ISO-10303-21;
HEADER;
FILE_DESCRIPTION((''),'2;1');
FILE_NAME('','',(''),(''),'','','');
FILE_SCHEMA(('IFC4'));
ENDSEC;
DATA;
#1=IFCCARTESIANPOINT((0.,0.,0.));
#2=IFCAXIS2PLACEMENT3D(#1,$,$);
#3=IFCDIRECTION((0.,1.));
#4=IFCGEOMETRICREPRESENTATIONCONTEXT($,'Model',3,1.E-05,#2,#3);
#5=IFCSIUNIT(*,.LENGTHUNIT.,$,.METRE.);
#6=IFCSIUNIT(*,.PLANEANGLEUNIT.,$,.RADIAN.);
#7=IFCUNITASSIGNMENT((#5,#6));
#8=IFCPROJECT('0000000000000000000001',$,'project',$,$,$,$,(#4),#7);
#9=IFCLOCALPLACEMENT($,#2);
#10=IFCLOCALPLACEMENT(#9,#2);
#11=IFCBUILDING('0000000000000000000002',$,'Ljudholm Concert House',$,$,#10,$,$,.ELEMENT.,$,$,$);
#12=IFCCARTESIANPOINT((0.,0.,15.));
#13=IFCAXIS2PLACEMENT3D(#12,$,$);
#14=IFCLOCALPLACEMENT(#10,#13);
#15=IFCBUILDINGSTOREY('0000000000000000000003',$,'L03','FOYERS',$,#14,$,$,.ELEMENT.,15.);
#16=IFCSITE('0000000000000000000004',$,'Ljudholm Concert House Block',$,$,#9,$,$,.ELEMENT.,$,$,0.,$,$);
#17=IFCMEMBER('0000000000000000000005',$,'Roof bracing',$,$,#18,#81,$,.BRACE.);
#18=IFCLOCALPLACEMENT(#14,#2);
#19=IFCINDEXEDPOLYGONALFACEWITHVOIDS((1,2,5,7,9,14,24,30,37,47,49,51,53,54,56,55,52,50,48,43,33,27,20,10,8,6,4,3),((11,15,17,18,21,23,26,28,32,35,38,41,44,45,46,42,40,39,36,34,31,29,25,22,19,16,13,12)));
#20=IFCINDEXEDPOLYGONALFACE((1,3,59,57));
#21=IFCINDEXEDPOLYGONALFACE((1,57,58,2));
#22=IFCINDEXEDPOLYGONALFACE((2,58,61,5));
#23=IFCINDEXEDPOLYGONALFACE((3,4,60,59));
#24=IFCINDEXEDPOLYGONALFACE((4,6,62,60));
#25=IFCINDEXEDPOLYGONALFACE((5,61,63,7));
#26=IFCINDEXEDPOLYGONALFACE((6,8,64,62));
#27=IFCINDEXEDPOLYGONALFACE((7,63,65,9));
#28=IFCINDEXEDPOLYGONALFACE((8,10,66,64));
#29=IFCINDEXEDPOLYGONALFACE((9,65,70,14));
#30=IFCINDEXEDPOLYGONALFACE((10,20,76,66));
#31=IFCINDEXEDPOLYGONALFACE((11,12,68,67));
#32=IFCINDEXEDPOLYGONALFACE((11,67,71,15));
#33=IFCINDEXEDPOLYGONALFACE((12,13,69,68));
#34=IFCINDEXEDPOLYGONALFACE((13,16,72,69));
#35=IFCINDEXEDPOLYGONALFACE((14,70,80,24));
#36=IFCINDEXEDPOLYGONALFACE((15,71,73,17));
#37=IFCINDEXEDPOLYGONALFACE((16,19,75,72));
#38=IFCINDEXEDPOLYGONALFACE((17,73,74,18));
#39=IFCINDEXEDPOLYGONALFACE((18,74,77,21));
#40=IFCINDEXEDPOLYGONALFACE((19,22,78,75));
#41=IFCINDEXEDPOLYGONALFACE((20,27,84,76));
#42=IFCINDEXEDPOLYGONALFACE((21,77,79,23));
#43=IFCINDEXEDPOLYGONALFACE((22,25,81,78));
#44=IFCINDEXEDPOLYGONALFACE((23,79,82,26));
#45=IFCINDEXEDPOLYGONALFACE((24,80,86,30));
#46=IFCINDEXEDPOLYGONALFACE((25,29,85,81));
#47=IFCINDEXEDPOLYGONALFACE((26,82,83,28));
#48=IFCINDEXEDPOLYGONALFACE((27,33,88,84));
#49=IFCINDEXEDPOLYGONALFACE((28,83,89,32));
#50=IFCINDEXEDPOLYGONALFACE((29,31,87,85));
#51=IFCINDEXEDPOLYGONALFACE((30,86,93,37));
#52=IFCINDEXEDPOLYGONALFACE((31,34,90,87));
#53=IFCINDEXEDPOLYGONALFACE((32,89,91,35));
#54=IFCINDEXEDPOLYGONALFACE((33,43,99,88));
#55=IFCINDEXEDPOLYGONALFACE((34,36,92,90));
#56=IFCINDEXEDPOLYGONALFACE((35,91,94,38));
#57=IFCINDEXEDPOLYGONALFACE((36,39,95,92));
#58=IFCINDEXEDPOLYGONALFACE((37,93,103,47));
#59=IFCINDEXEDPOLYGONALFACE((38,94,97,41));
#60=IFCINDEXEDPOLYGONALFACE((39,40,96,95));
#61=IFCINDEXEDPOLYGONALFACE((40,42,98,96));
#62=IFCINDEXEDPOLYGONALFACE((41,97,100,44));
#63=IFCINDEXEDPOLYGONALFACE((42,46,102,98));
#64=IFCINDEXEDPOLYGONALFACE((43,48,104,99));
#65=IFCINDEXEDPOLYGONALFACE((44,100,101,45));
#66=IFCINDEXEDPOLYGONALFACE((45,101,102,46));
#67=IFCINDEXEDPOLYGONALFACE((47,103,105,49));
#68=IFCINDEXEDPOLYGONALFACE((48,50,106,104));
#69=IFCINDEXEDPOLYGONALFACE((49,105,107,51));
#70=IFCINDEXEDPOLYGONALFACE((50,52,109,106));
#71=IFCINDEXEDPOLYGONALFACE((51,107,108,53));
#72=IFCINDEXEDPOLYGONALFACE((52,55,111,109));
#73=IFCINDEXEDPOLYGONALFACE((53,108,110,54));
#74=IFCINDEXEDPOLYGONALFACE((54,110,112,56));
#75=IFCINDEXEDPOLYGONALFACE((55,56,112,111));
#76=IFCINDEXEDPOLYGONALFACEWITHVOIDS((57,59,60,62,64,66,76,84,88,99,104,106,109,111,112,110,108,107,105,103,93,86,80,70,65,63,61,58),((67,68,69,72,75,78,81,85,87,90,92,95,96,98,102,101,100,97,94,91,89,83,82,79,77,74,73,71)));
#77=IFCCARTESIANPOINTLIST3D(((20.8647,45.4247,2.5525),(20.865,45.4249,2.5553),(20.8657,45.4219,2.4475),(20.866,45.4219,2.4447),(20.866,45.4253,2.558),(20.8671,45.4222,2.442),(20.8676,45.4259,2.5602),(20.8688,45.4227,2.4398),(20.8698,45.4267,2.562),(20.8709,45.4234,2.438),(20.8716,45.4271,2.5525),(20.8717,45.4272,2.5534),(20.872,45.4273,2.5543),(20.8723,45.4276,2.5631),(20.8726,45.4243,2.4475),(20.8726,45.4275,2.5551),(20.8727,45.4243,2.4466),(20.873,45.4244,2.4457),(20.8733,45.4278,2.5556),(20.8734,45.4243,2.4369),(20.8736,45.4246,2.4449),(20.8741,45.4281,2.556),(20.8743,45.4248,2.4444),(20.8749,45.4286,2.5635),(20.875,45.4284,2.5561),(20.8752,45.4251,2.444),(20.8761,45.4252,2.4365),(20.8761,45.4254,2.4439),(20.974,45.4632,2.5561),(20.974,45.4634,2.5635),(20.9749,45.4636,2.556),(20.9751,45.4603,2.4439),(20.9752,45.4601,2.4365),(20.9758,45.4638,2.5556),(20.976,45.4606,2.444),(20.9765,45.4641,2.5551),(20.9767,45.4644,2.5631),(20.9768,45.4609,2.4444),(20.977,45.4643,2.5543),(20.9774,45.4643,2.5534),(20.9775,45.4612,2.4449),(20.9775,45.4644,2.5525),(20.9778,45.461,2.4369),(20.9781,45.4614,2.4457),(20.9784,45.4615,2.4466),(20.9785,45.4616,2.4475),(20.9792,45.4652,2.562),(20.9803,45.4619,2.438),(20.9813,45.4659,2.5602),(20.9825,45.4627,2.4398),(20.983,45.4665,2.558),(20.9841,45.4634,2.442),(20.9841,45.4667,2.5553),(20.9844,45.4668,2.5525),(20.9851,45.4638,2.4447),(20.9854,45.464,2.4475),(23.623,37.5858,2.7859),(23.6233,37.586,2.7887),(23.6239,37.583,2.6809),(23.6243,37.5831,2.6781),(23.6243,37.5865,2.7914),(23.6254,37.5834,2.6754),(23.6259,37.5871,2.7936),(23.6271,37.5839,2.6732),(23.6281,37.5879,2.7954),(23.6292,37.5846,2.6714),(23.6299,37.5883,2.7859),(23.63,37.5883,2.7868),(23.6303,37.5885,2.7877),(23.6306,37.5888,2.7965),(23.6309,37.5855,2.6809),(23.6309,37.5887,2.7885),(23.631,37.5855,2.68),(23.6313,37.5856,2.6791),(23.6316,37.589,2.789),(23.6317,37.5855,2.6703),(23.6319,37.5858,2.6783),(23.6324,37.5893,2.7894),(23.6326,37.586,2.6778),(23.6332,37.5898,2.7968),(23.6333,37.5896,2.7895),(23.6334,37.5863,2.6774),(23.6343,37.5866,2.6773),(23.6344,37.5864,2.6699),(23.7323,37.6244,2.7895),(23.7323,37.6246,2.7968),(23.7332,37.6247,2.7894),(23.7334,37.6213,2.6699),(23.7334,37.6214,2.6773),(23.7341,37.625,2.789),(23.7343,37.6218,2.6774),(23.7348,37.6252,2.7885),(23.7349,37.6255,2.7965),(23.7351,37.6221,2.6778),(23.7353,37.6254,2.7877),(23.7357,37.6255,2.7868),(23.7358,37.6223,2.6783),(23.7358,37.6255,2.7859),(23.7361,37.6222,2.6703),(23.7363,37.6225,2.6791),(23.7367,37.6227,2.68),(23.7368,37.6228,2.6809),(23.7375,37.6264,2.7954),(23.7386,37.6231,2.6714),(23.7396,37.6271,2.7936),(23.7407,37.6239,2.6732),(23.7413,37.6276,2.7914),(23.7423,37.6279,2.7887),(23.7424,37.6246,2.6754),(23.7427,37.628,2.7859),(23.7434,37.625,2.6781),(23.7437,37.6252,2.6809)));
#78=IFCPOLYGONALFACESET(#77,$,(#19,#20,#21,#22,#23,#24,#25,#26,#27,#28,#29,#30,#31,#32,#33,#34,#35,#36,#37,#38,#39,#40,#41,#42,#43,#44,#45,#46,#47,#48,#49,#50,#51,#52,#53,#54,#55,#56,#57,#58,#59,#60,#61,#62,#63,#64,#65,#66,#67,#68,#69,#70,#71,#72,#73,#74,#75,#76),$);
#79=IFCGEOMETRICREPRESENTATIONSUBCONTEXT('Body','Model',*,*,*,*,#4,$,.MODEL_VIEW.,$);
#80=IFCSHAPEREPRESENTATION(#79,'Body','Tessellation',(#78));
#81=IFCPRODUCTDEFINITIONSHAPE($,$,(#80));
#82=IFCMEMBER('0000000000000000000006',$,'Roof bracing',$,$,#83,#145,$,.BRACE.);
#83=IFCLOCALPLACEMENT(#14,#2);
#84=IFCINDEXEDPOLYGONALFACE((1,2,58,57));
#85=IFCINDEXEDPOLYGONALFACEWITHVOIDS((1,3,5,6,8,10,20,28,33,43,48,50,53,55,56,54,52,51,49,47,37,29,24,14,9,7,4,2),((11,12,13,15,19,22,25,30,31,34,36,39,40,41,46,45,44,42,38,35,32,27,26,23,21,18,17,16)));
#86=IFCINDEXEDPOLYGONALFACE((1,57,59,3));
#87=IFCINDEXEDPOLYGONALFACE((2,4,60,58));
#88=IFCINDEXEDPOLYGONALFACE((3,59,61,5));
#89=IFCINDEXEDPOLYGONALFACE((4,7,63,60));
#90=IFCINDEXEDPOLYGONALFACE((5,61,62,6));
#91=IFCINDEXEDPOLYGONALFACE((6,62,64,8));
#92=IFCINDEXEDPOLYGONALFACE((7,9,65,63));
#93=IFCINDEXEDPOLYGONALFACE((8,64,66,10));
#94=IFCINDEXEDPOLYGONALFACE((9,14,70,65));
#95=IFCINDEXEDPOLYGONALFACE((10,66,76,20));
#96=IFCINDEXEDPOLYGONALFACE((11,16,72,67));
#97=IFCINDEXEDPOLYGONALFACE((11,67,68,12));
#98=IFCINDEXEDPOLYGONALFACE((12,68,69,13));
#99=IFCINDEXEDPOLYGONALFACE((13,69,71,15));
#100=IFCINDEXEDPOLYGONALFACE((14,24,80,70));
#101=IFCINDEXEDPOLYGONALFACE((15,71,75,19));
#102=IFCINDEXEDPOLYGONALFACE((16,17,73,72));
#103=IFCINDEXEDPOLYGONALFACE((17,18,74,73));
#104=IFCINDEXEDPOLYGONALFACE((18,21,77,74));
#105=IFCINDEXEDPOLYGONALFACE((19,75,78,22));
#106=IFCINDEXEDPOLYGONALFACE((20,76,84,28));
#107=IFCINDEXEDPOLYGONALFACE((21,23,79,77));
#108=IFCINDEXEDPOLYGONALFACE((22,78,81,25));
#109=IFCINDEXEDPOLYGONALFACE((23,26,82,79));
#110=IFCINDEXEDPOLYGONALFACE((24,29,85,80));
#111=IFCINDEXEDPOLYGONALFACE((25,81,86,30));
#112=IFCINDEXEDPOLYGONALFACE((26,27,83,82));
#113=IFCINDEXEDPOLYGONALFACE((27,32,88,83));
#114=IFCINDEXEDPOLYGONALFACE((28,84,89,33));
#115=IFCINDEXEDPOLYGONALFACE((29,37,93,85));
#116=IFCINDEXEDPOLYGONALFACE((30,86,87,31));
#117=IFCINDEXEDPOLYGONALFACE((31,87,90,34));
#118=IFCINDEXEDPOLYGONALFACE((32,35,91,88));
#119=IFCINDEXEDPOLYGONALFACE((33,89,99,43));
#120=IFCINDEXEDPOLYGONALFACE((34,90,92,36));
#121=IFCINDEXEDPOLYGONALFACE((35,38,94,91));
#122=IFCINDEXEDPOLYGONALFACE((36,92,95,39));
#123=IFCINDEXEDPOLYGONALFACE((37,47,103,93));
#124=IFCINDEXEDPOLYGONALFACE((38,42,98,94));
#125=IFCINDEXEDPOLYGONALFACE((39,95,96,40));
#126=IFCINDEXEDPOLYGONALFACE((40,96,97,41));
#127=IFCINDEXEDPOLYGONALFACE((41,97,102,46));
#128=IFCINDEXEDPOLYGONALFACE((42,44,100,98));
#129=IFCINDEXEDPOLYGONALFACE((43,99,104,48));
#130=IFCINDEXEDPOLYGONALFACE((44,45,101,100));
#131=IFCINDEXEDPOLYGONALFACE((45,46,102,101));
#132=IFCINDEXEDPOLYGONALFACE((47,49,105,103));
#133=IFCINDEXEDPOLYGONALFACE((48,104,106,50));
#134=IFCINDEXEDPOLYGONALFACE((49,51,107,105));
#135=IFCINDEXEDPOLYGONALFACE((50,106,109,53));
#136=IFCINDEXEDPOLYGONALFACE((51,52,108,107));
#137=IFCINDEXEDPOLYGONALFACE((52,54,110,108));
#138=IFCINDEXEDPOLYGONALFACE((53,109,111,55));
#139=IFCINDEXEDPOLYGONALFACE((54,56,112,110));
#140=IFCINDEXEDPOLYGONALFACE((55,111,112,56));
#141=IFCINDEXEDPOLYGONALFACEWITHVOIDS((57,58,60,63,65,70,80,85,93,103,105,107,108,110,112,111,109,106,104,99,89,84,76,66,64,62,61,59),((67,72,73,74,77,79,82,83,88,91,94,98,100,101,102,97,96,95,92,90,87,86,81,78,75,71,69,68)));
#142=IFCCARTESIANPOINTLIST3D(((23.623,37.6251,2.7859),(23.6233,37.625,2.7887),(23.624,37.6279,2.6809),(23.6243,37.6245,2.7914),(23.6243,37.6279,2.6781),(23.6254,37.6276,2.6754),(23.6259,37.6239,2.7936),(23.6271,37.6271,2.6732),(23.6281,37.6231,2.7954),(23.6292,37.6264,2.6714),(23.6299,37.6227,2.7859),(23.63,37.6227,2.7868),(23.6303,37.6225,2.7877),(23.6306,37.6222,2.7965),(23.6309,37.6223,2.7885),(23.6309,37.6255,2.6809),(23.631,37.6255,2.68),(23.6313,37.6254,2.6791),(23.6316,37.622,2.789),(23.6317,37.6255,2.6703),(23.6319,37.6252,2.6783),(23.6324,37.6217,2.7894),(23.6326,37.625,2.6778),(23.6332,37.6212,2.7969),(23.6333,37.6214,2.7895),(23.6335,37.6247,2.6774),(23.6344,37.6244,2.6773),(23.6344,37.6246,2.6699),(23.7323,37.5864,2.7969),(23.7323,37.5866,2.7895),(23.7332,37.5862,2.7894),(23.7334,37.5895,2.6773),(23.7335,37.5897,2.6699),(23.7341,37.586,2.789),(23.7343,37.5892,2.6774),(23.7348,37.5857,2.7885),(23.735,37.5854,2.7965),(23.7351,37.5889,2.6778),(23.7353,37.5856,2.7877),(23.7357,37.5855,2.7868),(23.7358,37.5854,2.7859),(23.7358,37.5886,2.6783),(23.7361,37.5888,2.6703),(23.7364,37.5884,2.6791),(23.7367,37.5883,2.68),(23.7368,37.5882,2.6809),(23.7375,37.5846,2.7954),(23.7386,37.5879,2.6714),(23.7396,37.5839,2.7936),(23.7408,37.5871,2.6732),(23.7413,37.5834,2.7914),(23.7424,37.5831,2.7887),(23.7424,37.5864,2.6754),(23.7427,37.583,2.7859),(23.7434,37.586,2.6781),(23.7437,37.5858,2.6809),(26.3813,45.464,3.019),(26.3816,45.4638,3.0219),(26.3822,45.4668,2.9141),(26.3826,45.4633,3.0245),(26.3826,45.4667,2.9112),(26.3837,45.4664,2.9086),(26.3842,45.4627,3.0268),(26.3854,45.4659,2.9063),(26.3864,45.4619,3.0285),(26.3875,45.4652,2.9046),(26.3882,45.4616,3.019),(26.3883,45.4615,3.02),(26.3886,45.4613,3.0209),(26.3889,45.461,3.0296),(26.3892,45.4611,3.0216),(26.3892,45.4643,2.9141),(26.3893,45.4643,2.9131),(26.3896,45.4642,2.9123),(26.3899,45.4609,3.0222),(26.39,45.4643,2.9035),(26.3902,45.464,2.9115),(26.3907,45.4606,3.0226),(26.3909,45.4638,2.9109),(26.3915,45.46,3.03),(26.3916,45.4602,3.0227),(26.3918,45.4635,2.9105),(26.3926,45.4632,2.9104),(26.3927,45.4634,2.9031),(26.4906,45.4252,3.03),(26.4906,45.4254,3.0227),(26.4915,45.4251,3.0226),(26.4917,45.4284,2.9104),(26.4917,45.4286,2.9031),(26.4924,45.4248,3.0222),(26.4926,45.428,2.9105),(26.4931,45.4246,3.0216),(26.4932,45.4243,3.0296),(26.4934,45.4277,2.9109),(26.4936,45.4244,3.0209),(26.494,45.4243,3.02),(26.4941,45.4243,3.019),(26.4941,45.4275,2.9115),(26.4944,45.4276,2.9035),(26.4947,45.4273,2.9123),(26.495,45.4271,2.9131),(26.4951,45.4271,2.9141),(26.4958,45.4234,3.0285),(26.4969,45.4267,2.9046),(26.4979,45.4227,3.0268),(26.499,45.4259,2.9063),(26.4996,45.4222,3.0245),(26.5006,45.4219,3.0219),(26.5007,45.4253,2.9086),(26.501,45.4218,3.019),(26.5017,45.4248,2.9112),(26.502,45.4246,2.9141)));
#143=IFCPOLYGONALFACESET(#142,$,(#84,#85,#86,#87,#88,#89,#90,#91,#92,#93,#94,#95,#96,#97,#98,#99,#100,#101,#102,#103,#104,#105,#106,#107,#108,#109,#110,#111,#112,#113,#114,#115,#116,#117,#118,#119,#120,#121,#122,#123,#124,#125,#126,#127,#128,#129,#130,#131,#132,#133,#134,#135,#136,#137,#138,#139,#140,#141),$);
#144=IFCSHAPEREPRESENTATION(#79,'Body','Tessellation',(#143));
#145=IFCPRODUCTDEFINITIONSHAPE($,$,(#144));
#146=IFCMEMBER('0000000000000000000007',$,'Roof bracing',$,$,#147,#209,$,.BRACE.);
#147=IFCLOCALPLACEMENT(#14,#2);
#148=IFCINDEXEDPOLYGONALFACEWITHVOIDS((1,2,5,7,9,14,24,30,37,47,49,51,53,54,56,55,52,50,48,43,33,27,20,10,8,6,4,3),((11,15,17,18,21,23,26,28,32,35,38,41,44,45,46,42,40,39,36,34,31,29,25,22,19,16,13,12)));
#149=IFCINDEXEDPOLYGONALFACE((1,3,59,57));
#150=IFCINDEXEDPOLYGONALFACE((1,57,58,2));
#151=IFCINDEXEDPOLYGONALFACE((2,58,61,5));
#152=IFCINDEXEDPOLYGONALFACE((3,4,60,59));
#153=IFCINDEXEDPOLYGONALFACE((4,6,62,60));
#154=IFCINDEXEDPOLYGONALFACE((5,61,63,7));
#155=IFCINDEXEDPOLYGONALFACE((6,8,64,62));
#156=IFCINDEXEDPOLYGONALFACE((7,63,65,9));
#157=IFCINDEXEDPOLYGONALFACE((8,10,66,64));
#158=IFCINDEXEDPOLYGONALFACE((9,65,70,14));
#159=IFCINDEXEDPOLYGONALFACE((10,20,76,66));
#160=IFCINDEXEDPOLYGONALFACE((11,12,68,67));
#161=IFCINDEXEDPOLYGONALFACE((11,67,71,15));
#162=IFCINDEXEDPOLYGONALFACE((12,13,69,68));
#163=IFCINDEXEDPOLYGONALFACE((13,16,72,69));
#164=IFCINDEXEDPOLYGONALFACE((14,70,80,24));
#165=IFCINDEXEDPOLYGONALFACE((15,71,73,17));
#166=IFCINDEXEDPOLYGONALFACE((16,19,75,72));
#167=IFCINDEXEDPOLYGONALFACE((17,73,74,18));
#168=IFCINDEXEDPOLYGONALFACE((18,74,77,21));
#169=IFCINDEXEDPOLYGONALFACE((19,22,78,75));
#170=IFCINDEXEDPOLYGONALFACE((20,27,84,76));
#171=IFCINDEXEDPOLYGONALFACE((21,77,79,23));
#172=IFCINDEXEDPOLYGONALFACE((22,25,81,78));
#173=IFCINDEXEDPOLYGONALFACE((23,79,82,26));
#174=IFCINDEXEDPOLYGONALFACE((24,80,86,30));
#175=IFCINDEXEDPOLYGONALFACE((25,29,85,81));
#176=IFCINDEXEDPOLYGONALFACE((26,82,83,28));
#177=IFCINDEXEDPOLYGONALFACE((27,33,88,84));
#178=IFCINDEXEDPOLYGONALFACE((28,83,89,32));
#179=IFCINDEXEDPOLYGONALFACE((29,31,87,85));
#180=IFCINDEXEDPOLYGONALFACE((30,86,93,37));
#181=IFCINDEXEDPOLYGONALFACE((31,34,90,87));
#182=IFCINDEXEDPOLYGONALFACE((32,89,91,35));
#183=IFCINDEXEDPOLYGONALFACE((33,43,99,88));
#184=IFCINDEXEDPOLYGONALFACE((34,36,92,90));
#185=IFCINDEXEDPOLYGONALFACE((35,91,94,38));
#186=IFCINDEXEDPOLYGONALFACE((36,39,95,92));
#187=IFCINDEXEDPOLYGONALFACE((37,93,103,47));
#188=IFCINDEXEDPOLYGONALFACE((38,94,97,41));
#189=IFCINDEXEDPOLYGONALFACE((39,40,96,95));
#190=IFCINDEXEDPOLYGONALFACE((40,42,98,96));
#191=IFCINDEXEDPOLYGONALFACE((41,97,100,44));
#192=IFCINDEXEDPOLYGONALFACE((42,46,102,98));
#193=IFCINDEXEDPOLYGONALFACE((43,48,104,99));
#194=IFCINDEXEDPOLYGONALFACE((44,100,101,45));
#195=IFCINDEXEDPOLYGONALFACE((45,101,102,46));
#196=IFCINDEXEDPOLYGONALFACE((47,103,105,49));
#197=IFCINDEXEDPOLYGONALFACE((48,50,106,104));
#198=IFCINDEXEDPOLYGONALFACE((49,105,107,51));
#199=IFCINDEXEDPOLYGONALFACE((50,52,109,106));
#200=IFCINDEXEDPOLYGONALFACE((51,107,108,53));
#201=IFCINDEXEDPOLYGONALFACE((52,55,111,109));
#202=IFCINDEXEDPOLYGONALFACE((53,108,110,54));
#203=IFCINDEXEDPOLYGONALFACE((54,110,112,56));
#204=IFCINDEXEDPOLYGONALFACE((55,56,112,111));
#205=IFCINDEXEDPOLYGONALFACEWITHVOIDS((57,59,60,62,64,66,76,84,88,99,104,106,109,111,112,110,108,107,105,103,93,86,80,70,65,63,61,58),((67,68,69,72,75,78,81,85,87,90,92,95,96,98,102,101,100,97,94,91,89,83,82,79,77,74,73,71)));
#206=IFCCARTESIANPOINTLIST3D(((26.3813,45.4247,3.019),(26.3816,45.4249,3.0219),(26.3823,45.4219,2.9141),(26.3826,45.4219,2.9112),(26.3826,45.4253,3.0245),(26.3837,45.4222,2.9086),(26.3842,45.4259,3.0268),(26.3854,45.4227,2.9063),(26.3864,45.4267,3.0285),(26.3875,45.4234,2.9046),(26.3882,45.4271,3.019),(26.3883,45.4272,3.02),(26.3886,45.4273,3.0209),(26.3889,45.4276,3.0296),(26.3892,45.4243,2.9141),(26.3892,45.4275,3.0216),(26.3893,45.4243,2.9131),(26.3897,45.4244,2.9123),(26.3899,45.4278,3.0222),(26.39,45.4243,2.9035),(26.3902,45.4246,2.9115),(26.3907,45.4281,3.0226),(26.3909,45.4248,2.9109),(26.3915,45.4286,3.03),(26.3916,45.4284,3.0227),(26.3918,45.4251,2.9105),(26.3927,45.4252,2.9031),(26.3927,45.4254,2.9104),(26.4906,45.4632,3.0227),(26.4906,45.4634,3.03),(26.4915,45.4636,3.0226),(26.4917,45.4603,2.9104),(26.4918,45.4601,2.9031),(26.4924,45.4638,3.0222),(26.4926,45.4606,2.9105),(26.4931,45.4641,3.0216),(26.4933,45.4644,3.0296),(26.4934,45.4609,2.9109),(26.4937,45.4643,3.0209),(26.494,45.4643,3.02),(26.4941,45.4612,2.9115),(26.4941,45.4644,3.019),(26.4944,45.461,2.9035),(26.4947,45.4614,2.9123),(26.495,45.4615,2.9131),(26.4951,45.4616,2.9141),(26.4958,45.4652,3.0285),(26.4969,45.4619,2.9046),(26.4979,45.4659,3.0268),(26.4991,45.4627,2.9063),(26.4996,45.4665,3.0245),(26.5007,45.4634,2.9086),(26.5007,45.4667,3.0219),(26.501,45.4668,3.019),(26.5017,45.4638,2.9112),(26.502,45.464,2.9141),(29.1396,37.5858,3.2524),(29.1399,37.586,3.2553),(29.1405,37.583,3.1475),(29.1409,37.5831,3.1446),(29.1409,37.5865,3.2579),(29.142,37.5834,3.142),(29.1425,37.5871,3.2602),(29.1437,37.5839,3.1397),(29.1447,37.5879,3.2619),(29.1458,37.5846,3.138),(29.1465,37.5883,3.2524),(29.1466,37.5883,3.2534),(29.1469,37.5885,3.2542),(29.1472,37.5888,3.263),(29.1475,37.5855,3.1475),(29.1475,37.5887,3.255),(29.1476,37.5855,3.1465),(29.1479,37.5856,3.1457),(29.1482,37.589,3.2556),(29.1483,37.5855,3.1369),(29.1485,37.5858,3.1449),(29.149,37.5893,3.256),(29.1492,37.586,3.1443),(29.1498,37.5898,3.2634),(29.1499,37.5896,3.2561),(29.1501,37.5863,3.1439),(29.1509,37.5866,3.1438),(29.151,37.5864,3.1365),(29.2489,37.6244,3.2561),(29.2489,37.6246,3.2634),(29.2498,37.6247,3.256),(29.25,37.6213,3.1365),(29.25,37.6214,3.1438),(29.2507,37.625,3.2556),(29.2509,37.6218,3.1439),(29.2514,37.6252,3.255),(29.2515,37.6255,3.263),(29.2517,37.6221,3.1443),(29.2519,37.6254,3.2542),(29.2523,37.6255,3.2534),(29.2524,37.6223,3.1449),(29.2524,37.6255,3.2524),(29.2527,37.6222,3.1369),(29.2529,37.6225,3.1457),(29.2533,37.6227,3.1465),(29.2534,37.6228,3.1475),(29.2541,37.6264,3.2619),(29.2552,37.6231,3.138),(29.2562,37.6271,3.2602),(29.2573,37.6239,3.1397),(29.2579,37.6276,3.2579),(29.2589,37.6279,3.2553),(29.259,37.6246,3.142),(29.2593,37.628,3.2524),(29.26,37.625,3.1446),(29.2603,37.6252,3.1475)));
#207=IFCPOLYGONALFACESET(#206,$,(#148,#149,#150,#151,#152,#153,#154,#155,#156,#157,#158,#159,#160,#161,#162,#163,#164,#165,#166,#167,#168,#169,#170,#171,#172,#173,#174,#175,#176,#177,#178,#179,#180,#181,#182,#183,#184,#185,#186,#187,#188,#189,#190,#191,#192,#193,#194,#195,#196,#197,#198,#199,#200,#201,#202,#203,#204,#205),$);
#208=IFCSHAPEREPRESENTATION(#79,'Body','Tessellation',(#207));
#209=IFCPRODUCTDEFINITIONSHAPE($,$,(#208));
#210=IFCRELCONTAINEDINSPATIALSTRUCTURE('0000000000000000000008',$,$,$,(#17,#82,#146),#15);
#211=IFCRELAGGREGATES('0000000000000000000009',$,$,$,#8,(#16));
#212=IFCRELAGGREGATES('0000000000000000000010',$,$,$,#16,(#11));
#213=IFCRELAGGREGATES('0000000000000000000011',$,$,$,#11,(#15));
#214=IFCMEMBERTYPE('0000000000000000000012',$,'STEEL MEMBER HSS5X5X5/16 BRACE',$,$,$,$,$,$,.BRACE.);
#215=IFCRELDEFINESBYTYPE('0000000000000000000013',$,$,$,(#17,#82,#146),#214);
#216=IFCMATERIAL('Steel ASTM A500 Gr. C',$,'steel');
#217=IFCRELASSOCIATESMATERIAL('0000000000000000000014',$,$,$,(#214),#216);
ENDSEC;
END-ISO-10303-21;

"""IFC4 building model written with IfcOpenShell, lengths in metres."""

from ifc_helpers import new_model, si_unit, direction, frame, origin, origin_2d, place, context, subcontext, project, spatial, hollow_rectangle, extrude, material, material_profile, profile_set, type_object, element, save


model = new_model("IFC4")

# Units and contexts
model_context = context("Model", 3, precision=1e-05, world=origin(), true_north=direction((0.0, 1.0)))
body_context = subcontext(model_context, "Body", "Model", "MODEL_VIEW")
ifc_project = project(units=[si_unit("LENGTHUNIT", "METRE"), si_unit("PLANEANGLEUNIT", "RADIAN")], contexts=[model_context])

# Site, building, storey
site_placement = place(None, origin())
site = spatial("IfcSite", under=ifc_project, at=site_placement, Name="Ljudholm Concert House Block", CompositionType="ELEMENT", RefElevation=0.0)
building_placement = place(site_placement, origin())
building = spatial("IfcBuilding", under=site, at=building_placement, Name="Ljudholm Concert House", CompositionType="ELEMENT")
storey_placement = place(building_placement, frame((0.0, 0.0, 15.0)))
storey = spatial("IfcBuildingStorey", under=building, at=storey_placement, Name="L03", Description="FOYERS", CompositionType="ELEMENT", Elevation=15.0)

# Members
ifc_material_1 = material(Name="Steel ASTM A500 Gr. C", Category="steel")
ifc_material_profile_1 = material_profile(ifc_material_1, hollow_rectangle(XDim=0.127, YDim=0.127, WallThickness=0.0073, InnerFilletRadius=0.0037, OuterFilletRadius=0.011, at=origin_2d()), Name="HSS5X5X5/16")
ifc_profile_set_1 = profile_set([ifc_material_profile_1], Name="Steel ASTM A500 Gr. C")
member_type_1 = type_object("IfcMemberType", Name="STEEL MEMBER HSS5X5X5/16 BRACE", PredefinedType="BRACE", material=ifc_profile_set_1)
for number, where, z_axis, x_axis, name in (
    (1, (20.925, 45.4443, 2.5), (0.331795, -0.942934, 0.028075), (0.943306, 0.331926, 0.0), "Roof bracing"),
    (2, (23.6833, 37.6055, 2.7334), (0.331795, 0.942935, 0.028046), (-0.943306, 0.331926, 0.0), "Roof bracing"),
    (3, (26.4417, 45.4443, 2.9666), (0.331795, -0.942934, 0.028075), (0.943306, 0.331926, 0.0), "Roof bracing"),
):
    element("IfcMember", number, at=place(storey_placement, frame(where, z_axis=z_axis, x_axis=x_axis)), inside=storey, type_object=member_type_1, Name=name, PredefinedType="BRACE", context=body_context, shape_type="SweptSolid", body=[
        extrude(hollow_rectangle(XDim=0.127, YDim=0.127, WallThickness=0.0073, InnerFilletRadius=0.0037, OuterFilletRadius=0.011, at=origin_2d()), origin(), (0.0, 0.0, 1.0), 8.3132),
    ])

save(model, "model.ifc")
